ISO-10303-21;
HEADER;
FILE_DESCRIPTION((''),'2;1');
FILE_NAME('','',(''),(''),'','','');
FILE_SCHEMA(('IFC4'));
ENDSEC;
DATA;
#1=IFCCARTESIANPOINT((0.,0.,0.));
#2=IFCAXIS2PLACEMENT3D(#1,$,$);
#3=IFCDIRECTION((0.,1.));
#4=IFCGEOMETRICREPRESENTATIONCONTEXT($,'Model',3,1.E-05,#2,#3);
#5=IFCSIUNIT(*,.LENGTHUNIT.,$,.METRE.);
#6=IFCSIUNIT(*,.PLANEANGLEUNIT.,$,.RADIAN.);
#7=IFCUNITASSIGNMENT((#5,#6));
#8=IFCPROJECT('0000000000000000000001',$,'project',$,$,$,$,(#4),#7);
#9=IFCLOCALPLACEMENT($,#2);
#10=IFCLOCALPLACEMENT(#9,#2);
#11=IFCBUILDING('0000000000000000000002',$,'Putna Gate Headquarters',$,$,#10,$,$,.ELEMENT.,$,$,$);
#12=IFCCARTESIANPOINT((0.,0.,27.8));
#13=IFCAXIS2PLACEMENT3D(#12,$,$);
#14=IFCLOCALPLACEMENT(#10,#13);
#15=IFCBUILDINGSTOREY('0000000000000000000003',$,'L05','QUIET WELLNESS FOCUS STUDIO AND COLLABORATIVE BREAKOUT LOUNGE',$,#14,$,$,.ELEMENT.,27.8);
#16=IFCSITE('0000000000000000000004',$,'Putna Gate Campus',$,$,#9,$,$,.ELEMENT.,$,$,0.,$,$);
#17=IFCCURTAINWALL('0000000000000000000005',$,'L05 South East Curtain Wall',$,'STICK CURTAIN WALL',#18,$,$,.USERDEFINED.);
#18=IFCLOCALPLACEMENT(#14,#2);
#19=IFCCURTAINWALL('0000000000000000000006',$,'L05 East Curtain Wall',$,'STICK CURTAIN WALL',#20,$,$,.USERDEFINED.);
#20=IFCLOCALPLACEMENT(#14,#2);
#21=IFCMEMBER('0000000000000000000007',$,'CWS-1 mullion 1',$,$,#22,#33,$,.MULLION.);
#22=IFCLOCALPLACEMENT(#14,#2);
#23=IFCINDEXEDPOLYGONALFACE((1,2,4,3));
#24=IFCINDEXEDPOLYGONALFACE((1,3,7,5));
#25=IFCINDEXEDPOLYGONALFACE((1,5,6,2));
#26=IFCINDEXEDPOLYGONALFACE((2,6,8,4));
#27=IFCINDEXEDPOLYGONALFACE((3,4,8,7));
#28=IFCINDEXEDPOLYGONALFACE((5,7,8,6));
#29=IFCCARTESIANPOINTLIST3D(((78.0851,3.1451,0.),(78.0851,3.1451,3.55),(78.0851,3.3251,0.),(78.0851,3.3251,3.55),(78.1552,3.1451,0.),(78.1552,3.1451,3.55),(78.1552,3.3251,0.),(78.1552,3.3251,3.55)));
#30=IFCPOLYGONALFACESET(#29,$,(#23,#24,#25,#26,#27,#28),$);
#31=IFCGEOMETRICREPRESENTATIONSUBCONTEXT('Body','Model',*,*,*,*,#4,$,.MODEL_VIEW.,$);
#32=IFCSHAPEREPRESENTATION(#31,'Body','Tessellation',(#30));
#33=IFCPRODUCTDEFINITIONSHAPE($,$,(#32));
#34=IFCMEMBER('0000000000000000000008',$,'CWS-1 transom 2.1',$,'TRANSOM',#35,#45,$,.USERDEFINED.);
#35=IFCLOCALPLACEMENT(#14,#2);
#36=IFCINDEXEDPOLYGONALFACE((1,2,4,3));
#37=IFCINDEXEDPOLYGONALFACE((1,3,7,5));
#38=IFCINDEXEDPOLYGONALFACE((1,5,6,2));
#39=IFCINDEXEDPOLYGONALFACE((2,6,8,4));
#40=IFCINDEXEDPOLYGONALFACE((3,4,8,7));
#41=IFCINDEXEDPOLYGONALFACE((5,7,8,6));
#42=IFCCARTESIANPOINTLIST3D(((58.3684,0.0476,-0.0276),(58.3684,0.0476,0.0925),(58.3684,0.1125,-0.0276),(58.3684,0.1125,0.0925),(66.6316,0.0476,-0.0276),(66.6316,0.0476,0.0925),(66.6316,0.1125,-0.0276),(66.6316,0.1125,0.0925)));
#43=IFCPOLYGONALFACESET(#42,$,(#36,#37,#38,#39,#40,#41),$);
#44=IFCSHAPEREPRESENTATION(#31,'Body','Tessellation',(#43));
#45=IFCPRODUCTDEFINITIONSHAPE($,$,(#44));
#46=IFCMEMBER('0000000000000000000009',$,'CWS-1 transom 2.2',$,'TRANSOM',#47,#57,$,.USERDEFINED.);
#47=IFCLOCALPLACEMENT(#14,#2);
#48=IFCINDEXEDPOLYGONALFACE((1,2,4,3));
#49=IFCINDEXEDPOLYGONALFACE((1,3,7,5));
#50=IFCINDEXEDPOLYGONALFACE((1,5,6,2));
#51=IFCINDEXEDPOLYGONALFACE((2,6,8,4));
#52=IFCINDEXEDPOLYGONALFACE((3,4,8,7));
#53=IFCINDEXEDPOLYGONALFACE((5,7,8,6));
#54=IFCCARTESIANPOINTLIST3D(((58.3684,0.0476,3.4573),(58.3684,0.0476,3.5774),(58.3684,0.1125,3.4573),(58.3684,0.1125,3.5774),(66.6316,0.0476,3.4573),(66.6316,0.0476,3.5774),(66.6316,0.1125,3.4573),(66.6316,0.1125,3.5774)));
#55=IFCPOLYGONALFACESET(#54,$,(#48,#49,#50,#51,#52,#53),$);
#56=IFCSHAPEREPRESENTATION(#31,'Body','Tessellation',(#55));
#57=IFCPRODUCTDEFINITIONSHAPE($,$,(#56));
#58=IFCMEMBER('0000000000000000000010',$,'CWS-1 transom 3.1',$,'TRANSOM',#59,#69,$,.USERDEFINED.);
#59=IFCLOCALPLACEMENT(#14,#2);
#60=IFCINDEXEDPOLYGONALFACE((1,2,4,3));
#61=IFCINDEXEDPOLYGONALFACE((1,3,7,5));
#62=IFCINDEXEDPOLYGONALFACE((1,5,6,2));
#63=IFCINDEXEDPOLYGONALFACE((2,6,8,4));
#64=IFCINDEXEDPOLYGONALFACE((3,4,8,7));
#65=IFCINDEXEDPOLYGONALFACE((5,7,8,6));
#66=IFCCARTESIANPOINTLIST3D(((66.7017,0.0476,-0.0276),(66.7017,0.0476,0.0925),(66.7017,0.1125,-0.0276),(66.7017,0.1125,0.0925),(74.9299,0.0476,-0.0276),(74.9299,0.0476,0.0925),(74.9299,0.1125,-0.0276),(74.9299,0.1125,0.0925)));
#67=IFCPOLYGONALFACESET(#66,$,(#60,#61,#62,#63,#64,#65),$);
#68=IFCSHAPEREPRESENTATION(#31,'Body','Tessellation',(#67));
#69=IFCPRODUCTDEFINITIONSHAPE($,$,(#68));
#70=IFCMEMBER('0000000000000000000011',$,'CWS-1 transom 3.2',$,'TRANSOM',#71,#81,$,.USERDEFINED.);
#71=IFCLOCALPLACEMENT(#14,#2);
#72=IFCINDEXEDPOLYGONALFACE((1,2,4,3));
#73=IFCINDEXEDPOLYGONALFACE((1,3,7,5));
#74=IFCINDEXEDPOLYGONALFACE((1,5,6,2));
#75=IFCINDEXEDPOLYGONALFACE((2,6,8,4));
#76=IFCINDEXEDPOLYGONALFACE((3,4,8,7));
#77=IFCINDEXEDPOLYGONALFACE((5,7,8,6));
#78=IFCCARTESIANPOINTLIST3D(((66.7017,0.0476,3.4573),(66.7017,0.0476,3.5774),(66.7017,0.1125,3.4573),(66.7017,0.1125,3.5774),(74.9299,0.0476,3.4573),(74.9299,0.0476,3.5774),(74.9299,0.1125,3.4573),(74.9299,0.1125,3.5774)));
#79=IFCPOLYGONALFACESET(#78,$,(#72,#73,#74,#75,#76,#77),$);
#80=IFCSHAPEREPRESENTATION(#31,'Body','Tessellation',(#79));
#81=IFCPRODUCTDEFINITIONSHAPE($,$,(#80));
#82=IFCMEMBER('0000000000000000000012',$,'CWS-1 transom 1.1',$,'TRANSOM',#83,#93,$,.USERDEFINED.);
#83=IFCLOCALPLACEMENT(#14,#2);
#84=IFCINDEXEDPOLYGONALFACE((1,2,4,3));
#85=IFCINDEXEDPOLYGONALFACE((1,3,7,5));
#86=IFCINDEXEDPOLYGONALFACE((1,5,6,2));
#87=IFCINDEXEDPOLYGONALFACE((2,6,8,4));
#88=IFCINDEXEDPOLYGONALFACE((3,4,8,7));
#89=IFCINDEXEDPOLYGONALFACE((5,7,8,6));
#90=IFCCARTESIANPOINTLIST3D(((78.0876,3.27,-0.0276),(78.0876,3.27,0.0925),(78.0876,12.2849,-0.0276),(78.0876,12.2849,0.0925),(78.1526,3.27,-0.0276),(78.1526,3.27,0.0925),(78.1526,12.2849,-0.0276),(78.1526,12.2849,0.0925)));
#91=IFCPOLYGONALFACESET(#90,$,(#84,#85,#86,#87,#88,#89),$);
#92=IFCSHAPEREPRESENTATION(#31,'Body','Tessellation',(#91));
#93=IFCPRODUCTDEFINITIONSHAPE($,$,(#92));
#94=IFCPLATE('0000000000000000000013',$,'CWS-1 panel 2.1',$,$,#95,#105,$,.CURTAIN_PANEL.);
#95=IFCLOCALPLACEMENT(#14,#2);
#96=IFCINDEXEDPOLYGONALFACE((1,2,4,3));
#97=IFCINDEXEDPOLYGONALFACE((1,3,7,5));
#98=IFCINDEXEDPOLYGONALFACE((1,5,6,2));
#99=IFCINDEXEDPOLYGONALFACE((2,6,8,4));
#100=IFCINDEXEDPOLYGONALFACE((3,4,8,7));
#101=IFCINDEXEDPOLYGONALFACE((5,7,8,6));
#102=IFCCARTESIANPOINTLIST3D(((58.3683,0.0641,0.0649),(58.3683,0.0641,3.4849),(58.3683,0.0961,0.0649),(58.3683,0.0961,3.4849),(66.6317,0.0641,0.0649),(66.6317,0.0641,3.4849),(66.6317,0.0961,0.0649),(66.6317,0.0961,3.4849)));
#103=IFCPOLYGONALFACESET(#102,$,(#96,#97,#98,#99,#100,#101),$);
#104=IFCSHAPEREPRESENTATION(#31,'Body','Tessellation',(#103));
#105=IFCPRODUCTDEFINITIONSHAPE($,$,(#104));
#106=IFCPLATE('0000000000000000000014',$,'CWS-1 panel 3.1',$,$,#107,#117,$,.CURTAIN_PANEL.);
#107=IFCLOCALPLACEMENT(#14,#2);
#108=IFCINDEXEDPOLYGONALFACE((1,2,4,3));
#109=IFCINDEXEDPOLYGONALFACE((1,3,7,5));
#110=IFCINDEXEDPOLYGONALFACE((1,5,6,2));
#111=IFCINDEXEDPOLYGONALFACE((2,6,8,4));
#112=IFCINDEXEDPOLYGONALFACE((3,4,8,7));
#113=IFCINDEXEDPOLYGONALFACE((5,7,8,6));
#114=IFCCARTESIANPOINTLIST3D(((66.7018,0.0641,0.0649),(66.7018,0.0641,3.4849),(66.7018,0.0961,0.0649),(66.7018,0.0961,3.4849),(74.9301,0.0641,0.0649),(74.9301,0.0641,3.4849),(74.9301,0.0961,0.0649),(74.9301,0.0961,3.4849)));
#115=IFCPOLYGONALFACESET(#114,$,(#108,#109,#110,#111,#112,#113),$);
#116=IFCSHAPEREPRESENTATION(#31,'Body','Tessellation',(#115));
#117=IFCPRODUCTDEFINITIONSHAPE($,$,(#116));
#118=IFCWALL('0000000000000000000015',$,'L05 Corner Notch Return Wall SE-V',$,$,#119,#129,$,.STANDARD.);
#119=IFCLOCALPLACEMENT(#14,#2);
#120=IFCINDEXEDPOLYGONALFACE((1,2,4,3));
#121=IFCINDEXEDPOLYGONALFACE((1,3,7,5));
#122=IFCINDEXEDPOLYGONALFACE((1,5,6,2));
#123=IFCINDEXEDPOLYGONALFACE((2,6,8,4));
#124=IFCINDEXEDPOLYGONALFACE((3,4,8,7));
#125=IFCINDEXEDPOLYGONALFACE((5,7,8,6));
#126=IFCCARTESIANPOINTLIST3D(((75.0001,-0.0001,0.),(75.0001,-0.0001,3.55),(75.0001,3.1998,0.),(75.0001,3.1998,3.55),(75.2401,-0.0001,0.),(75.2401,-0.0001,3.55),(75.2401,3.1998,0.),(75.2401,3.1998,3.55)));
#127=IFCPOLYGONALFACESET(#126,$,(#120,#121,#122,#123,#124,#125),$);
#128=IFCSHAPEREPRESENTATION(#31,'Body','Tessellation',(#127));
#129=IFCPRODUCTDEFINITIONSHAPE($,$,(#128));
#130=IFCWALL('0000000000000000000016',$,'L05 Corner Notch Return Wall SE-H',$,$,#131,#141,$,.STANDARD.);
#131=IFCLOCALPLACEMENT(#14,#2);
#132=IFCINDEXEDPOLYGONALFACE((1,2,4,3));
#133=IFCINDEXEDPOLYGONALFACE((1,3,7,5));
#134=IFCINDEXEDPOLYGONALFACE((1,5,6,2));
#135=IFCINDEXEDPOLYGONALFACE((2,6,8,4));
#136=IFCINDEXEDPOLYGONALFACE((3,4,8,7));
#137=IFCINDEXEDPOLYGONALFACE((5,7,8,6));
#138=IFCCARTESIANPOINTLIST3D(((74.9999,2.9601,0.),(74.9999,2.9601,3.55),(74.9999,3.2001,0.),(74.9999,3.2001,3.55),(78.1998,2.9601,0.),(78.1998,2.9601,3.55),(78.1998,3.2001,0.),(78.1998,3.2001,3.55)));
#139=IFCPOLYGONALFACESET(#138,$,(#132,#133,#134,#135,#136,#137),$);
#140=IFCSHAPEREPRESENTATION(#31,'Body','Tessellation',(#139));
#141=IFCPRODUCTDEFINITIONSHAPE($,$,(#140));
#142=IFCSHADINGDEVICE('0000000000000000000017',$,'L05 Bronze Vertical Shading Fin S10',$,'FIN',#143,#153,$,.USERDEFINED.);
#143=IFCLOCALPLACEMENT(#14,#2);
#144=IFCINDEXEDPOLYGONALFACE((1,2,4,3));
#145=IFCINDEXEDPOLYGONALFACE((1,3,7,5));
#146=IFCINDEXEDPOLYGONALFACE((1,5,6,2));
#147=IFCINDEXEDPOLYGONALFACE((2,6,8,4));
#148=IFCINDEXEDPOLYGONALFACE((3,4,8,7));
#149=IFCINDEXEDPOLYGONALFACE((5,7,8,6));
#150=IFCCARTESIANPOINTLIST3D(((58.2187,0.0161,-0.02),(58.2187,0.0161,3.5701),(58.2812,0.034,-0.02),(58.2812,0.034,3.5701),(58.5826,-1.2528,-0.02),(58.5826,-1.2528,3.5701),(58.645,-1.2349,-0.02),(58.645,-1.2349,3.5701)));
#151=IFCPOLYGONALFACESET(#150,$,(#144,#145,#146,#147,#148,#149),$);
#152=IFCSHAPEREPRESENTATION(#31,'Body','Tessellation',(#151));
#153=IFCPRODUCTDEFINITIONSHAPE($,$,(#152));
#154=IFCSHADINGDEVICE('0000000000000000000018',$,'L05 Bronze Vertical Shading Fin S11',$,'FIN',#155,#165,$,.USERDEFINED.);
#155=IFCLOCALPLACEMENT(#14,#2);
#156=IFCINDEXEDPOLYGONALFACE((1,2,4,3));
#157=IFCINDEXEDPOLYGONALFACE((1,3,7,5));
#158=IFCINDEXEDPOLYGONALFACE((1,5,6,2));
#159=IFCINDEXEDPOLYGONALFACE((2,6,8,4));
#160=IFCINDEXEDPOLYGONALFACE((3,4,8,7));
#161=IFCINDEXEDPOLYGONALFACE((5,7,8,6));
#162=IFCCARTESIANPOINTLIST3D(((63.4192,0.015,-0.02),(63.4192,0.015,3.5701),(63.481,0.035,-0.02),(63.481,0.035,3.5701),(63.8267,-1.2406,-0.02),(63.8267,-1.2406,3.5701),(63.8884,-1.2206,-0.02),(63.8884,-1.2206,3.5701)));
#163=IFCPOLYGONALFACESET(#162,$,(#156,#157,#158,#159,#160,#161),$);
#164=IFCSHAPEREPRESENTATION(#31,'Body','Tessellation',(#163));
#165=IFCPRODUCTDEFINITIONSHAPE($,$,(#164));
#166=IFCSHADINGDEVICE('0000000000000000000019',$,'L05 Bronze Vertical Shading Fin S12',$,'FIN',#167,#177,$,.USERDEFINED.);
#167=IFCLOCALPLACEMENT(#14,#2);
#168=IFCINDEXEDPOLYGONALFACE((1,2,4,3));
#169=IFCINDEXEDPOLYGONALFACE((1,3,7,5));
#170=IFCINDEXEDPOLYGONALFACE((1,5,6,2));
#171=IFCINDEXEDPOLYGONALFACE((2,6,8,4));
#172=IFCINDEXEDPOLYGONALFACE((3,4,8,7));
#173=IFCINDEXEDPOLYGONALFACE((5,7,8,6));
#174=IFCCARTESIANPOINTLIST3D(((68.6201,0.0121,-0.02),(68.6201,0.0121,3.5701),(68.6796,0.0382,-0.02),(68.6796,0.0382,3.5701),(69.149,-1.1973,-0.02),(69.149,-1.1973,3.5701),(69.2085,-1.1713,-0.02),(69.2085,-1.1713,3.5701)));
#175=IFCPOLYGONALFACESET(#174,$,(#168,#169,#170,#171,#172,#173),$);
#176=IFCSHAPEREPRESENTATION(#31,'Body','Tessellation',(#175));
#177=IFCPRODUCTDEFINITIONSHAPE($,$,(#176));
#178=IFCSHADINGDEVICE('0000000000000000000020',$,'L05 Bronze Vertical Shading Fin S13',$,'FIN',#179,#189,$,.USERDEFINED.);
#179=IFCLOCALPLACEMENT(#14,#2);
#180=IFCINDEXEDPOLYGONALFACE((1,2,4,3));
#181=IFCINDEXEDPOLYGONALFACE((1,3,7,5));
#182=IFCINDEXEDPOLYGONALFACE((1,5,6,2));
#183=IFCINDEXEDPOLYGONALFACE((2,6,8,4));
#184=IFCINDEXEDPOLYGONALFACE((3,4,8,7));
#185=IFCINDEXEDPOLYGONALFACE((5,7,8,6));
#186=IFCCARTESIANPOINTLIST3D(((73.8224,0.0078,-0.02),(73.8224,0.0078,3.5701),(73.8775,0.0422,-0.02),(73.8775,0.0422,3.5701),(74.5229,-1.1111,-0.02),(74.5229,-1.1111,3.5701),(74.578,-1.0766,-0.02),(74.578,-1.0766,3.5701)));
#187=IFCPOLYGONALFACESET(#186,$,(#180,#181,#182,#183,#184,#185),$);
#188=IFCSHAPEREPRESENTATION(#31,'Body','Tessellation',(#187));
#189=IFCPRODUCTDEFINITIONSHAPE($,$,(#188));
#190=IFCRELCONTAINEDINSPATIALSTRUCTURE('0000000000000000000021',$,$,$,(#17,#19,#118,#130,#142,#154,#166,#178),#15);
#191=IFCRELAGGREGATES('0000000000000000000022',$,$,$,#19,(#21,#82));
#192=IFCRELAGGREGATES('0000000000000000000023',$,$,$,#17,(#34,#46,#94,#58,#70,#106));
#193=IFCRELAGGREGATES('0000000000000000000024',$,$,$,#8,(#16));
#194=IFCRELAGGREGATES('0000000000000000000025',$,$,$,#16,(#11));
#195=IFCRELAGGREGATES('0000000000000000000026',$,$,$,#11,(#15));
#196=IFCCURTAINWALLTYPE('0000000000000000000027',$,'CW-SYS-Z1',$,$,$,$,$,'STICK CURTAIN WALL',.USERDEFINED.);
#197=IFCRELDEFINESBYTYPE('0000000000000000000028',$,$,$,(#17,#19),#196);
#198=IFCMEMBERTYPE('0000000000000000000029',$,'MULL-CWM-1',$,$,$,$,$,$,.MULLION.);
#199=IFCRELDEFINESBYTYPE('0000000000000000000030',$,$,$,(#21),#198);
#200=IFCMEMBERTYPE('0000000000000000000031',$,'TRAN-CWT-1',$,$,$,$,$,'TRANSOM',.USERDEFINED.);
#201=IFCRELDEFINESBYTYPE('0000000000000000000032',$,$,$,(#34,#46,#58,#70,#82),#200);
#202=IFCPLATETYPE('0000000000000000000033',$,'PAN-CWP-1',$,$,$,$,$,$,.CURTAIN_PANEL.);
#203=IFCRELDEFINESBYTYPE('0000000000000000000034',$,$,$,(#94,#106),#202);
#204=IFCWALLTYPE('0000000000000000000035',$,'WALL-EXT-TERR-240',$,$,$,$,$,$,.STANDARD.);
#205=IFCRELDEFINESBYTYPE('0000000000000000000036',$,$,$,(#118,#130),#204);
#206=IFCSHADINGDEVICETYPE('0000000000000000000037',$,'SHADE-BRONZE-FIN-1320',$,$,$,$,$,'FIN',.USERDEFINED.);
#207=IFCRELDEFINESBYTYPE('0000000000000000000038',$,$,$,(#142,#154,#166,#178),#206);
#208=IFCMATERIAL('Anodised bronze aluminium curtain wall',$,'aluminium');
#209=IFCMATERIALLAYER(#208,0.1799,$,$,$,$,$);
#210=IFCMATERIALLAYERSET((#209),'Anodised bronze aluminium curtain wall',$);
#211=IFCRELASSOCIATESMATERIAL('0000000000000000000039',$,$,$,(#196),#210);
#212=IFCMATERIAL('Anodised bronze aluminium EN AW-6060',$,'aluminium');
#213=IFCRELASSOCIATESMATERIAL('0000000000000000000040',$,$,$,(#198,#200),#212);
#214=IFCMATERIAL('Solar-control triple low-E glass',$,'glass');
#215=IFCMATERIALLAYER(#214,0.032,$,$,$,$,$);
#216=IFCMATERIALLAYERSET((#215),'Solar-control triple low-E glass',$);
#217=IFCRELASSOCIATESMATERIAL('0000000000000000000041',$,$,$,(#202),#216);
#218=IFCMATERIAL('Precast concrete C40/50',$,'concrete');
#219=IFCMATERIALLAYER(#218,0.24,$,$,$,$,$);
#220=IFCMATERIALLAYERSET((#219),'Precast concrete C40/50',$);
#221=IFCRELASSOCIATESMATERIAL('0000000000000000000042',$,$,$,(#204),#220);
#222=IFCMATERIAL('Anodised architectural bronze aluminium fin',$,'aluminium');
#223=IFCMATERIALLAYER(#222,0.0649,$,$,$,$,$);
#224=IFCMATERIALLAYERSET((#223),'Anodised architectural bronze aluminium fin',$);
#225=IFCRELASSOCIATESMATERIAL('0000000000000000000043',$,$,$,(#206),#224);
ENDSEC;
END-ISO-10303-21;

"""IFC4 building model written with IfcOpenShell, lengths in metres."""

from ifc_helpers import new_model, si_unit, direction, frame, frame_2d, origin, origin_2d, place, context, subcontext, project, spatial, rectangle, extrude, material, layer, layer_set, material_profile, profile_set, type_object, element, aggregate, save


model = new_model("IFC4")

# Units and contexts
model_context = context("Model", 3, precision=1e-05, world=origin(), true_north=direction((0.0, 1.0)))
body_context = subcontext(model_context, "Body", "Model", "MODEL_VIEW")
ifc_project = project(units=[si_unit("LENGTHUNIT", "METRE"), si_unit("PLANEANGLEUNIT", "RADIAN")], contexts=[model_context])

# Site, building, storey
site_placement = place(None, origin())
site = spatial("IfcSite", under=ifc_project, at=site_placement, Name="Putna Gate Campus", CompositionType="ELEMENT", RefElevation=0.0)
building_placement = place(site_placement, origin())
building = spatial("IfcBuilding", under=site, at=building_placement, Name="Putna Gate Headquarters", CompositionType="ELEMENT")
storey_placement = place(building_placement, frame((0.0, 0.0, 27.8)))
storey = spatial("IfcBuildingStorey", under=building, at=storey_placement, Name="L05", Description="QUIET WELLNESS FOCUS STUDIO AND COLLABORATIVE BREAKOUT LOUNGE", CompositionType="ELEMENT", Elevation=27.8)

# Curtain wall
ifc_material_1 = material(Name="Anodised bronze aluminium curtain wall", Category="aluminium")
ifc_layer_1 = layer(ifc_material_1, 0.1799)
ifc_layer_set_1 = layer_set([ifc_layer_1], Name="Anodised bronze aluminium curtain wall")
curtain_wall_type = type_object("IfcCurtainWallType", Name="CW-SYS-Z1", ElementType="STICK CURTAIN WALL", PredefinedType="USERDEFINED", material=ifc_layer_set_1)
curtain_wall_1_placement = place(storey_placement, origin())
curtain_wall_1 = element("IfcCurtainWall", 1, at=curtain_wall_1_placement, inside=storey, type_object=curtain_wall_type, Name="L05 South East Curtain Wall", ObjectType="STICK CURTAIN WALL", PredefinedType="USERDEFINED")
ifc_material_2 = material(Name="Anodised bronze aluminium EN AW-6060", Category="aluminium")
ifc_material_profile_1 = material_profile(ifc_material_2, rectangle(XDim=0.0701, YDim=0.1799, at=origin_2d()), Name="Anodised bronze aluminium EN AW-6060")
ifc_profile_set_1 = profile_set([ifc_material_profile_1], Name="Anodised bronze aluminium EN AW-6060")
member_type_1 = type_object("IfcMemberType", Name="MULL-CWM-1", PredefinedType="MULLION", material=ifc_profile_set_1)

# Curtain wall, member
curtain_wall_2_placement = place(storey_placement, origin())
curtain_wall_2 = element("IfcCurtainWall", 2, at=curtain_wall_2_placement, inside=storey, type_object=curtain_wall_type, Name="L05 East Curtain Wall", ObjectType="STICK CURTAIN WALL", PredefinedType="USERDEFINED")
member_1_placement = place(storey_placement, frame((78.1201, 3.2351, 0.0), z_axis=(0.0, 0.0, 1.0), x_axis=(-1.0, 0.0, 0.0)))
member_1 = element("IfcMember", 3, at=member_1_placement, type_object=member_type_1, Name="CWS-1 mullion 1", PredefinedType="MULLION", context=body_context, shape_type="SweptSolid", body=[
    extrude(rectangle(XDim=0.0701, YDim=0.1799, at=origin_2d()), origin(), (0.0, 0.0, 1.0), 3.55),
])

# Members
ifc_material_profile_2 = material_profile(ifc_material_2, rectangle(XDim=0.0649, YDim=0.1201, at=origin_2d()), Name="Anodised bronze aluminium EN AW-6060")
ifc_profile_set_2 = profile_set([ifc_material_profile_2], Name="Anodised bronze aluminium EN AW-6060")
member_type_2 = type_object("IfcMemberType", Name="TRAN-CWT-1", ElementType="TRANSOM", PredefinedType="USERDEFINED", material=ifc_profile_set_2)
member_2_placement = place(storey_placement, frame((58.3684, 0.0801, 0.0325), z_axis=(1.0, 0.0, 0.0), x_axis=(0.0, 1.0, 0.0)))
member_2 = element("IfcMember", 4, at=member_2_placement, type_object=member_type_2, Name="CWS-1 transom 2.1", ObjectType="TRANSOM", PredefinedType="USERDEFINED", context=body_context, shape_type="SweptSolid", body=[
    extrude(rectangle(XDim=0.0649, YDim=0.1201, at=origin_2d()), origin(), (0.0, 0.0, 1.0), 8.2632),
])
member_3_placement = place(storey_placement, frame((58.3684, 0.0801, 3.5173), z_axis=(1.0, 0.0, 0.0), x_axis=(0.0, 1.0, 0.0)))
member_3 = element("IfcMember", 5, at=member_3_placement, type_object=member_type_2, Name="CWS-1 transom 2.2", ObjectType="TRANSOM", PredefinedType="USERDEFINED", context=body_context, shape_type="SweptSolid", body=[
    extrude(rectangle(XDim=0.0649, YDim=0.1201, at=origin_2d()), origin(), (0.0, 0.0, 1.0), 8.2632),
])
member_4_placement = place(storey_placement, frame((66.7017, 0.0801, 0.0325), z_axis=(1.0, 0.0, 0.0), x_axis=(0.0, 1.0, 0.0)))
member_4 = element("IfcMember", 6, at=member_4_placement, type_object=member_type_2, Name="CWS-1 transom 3.1", ObjectType="TRANSOM", PredefinedType="USERDEFINED", context=body_context, shape_type="SweptSolid", body=[
    extrude(rectangle(XDim=0.0649, YDim=0.1201, at=origin_2d()), origin(), (0.0, 0.0, 1.0), 8.2283),
])
member_5_placement = place(storey_placement, frame((66.7017, 0.0801, 3.5173), z_axis=(1.0, 0.0, 0.0), x_axis=(0.0, 1.0, 0.0)))
member_5 = element("IfcMember", 7, at=member_5_placement, type_object=member_type_2, Name="CWS-1 transom 3.2", ObjectType="TRANSOM", PredefinedType="USERDEFINED", context=body_context, shape_type="SweptSolid", body=[
    extrude(rectangle(XDim=0.0649, YDim=0.1201, at=origin_2d()), origin(), (0.0, 0.0, 1.0), 8.2283),
])
member_6_placement = place(storey_placement, frame((78.1201, 3.27, 0.0325), z_axis=(0.0, 1.0, 0.0), x_axis=(-1.0, 0.0, 0.0)))
member_6 = element("IfcMember", 8, at=member_6_placement, type_object=member_type_2, Name="CWS-1 transom 1.1", ObjectType="TRANSOM", PredefinedType="USERDEFINED", context=body_context, shape_type="SweptSolid", body=[
    extrude(rectangle(XDim=0.0649, YDim=0.1201, at=origin_2d()), origin(), (0.0, 0.0, 1.0), 9.0149),
])
aggregate(curtain_wall_2, [member_1, member_6])

# Plates
ifc_material_3 = material(Name="Solar-control triple low-E glass", Category="glass")
ifc_layer_2 = layer(ifc_material_3, 0.032)
ifc_layer_set_2 = layer_set([ifc_layer_2], Name="Solar-control triple low-E glass")
plate_type = type_object("IfcPlateType", Name="PAN-CWP-1", PredefinedType="CURTAIN_PANEL", material=ifc_layer_set_2)
plate_1_placement = place(storey_placement, frame((62.5, 0.0801, 0.0649), z_axis=(0.0, 0.0, 1.0), x_axis=(1.0, 0.0, 0.0)))
plate_1 = element("IfcPlate", 9, at=plate_1_placement, type_object=plate_type, Name="CWS-1 panel 2.1", PredefinedType="CURTAIN_PANEL", context=body_context, shape_type="SweptSolid", body=[
    extrude(rectangle(XDim=8.2634, YDim=0.032, at=origin_2d()), origin(), (0.0, 0.0, 1.0), 3.4199),
])
plate_2_placement = place(storey_placement, frame((70.8159, 0.0801, 0.0649), z_axis=(0.0, 0.0, 1.0), x_axis=(1.0, 0.0, 0.0)))
plate_2 = element("IfcPlate", 10, at=plate_2_placement, type_object=plate_type, Name="CWS-1 panel 3.1", PredefinedType="CURTAIN_PANEL", context=body_context, shape_type="SweptSolid", body=[
    extrude(rectangle(XDim=8.2283, YDim=0.032, at=origin_2d()), origin(), (0.0, 0.0, 1.0), 3.4199),
])
aggregate(curtain_wall_1, [member_2, member_3, plate_1, member_4, member_5, plate_2])

# Walls
ifc_material_4 = material(Name="Precast concrete C40/50", Category="concrete")
ifc_layer_3 = layer(ifc_material_4, 0.24)
ifc_layer_set_3 = layer_set([ifc_layer_3], Name="Precast concrete C40/50")
wall_type = type_object("IfcWallType", Name="WALL-EXT-TERR-240", PredefinedType="STANDARD", material=ifc_layer_set_3)
for number, where, z_axis, x_axis, name in (
    (11, (75.1201, 3.2, 0.0), (0.0, 0.0, 1.0), (0.0, -1.0, 0.0), "L05 Corner Notch Return Wall SE-V"),
    (12, (78.2, 3.0801, 0.0), (0.0, 0.0, 1.0), (-1.0, 0.0, 0.0), "L05 Corner Notch Return Wall SE-H"),
):
    element("IfcWall", number, at=place(storey_placement, frame(where, z_axis=z_axis, x_axis=x_axis)), inside=storey, type_object=wall_type, Name=name, PredefinedType="STANDARD", context=body_context, shape_type="SweptSolid", body=[
        extrude(rectangle(XDim=3.2, YDim=0.24, at=frame_2d((1.6001, 0.0))), origin(), (0.0, 0.0, 1.0), 3.55),
    ])

# Shading devices
ifc_material_5 = material(Name="Anodised architectural bronze aluminium fin", Category="aluminium")
ifc_layer_4 = layer(ifc_material_5, 0.0649)
ifc_layer_set_4 = layer_set([ifc_layer_4], Name="Anodised architectural bronze aluminium fin")
shading_device_type = type_object("IfcShadingDeviceType", Name="SHADE-BRONZE-FIN-1320", ElementType="FIN", PredefinedType="USERDEFINED", material=ifc_layer_set_4)
for number, where, z_axis, x_axis, name in (
    (13, (58.4319, -0.6094, -0.02), (0.0, 0.0, 1.0), (0.275637, -0.961262, 0.0), "L05 Bronze Vertical Shading Fin S10"),
    (14, (63.6538, -0.6028, -0.02), (0.0, 0.0, 1.0), (0.308685, -0.951164, 0.0), "L05 Bronze Vertical Shading Fin S11"),
    (15, (68.9143, -0.5796, -0.02), (0.0, 0.0, 1.0), (0.400669, -0.916223, 0.0), "L05 Bronze Vertical Shading Fin S12"),
    (16, (74.2002, -0.5344, -0.02), (0.0, 0.0, 1.0), (0.530659, -0.847585, 0.0), "L05 Bronze Vertical Shading Fin S13"),
):
    element("IfcShadingDevice", number, at=place(storey_placement, frame(where, z_axis=z_axis, x_axis=x_axis)), inside=storey, type_object=shading_device_type, Name=name, ObjectType="FIN", PredefinedType="USERDEFINED", context=body_context, shape_type="SweptSolid", body=[
        extrude(rectangle(XDim=1.3201, YDim=0.0649, at=origin_2d()), origin(), (0.0, 0.0, 1.0), 3.5901),
    ])

save(model, "model.ifc")
